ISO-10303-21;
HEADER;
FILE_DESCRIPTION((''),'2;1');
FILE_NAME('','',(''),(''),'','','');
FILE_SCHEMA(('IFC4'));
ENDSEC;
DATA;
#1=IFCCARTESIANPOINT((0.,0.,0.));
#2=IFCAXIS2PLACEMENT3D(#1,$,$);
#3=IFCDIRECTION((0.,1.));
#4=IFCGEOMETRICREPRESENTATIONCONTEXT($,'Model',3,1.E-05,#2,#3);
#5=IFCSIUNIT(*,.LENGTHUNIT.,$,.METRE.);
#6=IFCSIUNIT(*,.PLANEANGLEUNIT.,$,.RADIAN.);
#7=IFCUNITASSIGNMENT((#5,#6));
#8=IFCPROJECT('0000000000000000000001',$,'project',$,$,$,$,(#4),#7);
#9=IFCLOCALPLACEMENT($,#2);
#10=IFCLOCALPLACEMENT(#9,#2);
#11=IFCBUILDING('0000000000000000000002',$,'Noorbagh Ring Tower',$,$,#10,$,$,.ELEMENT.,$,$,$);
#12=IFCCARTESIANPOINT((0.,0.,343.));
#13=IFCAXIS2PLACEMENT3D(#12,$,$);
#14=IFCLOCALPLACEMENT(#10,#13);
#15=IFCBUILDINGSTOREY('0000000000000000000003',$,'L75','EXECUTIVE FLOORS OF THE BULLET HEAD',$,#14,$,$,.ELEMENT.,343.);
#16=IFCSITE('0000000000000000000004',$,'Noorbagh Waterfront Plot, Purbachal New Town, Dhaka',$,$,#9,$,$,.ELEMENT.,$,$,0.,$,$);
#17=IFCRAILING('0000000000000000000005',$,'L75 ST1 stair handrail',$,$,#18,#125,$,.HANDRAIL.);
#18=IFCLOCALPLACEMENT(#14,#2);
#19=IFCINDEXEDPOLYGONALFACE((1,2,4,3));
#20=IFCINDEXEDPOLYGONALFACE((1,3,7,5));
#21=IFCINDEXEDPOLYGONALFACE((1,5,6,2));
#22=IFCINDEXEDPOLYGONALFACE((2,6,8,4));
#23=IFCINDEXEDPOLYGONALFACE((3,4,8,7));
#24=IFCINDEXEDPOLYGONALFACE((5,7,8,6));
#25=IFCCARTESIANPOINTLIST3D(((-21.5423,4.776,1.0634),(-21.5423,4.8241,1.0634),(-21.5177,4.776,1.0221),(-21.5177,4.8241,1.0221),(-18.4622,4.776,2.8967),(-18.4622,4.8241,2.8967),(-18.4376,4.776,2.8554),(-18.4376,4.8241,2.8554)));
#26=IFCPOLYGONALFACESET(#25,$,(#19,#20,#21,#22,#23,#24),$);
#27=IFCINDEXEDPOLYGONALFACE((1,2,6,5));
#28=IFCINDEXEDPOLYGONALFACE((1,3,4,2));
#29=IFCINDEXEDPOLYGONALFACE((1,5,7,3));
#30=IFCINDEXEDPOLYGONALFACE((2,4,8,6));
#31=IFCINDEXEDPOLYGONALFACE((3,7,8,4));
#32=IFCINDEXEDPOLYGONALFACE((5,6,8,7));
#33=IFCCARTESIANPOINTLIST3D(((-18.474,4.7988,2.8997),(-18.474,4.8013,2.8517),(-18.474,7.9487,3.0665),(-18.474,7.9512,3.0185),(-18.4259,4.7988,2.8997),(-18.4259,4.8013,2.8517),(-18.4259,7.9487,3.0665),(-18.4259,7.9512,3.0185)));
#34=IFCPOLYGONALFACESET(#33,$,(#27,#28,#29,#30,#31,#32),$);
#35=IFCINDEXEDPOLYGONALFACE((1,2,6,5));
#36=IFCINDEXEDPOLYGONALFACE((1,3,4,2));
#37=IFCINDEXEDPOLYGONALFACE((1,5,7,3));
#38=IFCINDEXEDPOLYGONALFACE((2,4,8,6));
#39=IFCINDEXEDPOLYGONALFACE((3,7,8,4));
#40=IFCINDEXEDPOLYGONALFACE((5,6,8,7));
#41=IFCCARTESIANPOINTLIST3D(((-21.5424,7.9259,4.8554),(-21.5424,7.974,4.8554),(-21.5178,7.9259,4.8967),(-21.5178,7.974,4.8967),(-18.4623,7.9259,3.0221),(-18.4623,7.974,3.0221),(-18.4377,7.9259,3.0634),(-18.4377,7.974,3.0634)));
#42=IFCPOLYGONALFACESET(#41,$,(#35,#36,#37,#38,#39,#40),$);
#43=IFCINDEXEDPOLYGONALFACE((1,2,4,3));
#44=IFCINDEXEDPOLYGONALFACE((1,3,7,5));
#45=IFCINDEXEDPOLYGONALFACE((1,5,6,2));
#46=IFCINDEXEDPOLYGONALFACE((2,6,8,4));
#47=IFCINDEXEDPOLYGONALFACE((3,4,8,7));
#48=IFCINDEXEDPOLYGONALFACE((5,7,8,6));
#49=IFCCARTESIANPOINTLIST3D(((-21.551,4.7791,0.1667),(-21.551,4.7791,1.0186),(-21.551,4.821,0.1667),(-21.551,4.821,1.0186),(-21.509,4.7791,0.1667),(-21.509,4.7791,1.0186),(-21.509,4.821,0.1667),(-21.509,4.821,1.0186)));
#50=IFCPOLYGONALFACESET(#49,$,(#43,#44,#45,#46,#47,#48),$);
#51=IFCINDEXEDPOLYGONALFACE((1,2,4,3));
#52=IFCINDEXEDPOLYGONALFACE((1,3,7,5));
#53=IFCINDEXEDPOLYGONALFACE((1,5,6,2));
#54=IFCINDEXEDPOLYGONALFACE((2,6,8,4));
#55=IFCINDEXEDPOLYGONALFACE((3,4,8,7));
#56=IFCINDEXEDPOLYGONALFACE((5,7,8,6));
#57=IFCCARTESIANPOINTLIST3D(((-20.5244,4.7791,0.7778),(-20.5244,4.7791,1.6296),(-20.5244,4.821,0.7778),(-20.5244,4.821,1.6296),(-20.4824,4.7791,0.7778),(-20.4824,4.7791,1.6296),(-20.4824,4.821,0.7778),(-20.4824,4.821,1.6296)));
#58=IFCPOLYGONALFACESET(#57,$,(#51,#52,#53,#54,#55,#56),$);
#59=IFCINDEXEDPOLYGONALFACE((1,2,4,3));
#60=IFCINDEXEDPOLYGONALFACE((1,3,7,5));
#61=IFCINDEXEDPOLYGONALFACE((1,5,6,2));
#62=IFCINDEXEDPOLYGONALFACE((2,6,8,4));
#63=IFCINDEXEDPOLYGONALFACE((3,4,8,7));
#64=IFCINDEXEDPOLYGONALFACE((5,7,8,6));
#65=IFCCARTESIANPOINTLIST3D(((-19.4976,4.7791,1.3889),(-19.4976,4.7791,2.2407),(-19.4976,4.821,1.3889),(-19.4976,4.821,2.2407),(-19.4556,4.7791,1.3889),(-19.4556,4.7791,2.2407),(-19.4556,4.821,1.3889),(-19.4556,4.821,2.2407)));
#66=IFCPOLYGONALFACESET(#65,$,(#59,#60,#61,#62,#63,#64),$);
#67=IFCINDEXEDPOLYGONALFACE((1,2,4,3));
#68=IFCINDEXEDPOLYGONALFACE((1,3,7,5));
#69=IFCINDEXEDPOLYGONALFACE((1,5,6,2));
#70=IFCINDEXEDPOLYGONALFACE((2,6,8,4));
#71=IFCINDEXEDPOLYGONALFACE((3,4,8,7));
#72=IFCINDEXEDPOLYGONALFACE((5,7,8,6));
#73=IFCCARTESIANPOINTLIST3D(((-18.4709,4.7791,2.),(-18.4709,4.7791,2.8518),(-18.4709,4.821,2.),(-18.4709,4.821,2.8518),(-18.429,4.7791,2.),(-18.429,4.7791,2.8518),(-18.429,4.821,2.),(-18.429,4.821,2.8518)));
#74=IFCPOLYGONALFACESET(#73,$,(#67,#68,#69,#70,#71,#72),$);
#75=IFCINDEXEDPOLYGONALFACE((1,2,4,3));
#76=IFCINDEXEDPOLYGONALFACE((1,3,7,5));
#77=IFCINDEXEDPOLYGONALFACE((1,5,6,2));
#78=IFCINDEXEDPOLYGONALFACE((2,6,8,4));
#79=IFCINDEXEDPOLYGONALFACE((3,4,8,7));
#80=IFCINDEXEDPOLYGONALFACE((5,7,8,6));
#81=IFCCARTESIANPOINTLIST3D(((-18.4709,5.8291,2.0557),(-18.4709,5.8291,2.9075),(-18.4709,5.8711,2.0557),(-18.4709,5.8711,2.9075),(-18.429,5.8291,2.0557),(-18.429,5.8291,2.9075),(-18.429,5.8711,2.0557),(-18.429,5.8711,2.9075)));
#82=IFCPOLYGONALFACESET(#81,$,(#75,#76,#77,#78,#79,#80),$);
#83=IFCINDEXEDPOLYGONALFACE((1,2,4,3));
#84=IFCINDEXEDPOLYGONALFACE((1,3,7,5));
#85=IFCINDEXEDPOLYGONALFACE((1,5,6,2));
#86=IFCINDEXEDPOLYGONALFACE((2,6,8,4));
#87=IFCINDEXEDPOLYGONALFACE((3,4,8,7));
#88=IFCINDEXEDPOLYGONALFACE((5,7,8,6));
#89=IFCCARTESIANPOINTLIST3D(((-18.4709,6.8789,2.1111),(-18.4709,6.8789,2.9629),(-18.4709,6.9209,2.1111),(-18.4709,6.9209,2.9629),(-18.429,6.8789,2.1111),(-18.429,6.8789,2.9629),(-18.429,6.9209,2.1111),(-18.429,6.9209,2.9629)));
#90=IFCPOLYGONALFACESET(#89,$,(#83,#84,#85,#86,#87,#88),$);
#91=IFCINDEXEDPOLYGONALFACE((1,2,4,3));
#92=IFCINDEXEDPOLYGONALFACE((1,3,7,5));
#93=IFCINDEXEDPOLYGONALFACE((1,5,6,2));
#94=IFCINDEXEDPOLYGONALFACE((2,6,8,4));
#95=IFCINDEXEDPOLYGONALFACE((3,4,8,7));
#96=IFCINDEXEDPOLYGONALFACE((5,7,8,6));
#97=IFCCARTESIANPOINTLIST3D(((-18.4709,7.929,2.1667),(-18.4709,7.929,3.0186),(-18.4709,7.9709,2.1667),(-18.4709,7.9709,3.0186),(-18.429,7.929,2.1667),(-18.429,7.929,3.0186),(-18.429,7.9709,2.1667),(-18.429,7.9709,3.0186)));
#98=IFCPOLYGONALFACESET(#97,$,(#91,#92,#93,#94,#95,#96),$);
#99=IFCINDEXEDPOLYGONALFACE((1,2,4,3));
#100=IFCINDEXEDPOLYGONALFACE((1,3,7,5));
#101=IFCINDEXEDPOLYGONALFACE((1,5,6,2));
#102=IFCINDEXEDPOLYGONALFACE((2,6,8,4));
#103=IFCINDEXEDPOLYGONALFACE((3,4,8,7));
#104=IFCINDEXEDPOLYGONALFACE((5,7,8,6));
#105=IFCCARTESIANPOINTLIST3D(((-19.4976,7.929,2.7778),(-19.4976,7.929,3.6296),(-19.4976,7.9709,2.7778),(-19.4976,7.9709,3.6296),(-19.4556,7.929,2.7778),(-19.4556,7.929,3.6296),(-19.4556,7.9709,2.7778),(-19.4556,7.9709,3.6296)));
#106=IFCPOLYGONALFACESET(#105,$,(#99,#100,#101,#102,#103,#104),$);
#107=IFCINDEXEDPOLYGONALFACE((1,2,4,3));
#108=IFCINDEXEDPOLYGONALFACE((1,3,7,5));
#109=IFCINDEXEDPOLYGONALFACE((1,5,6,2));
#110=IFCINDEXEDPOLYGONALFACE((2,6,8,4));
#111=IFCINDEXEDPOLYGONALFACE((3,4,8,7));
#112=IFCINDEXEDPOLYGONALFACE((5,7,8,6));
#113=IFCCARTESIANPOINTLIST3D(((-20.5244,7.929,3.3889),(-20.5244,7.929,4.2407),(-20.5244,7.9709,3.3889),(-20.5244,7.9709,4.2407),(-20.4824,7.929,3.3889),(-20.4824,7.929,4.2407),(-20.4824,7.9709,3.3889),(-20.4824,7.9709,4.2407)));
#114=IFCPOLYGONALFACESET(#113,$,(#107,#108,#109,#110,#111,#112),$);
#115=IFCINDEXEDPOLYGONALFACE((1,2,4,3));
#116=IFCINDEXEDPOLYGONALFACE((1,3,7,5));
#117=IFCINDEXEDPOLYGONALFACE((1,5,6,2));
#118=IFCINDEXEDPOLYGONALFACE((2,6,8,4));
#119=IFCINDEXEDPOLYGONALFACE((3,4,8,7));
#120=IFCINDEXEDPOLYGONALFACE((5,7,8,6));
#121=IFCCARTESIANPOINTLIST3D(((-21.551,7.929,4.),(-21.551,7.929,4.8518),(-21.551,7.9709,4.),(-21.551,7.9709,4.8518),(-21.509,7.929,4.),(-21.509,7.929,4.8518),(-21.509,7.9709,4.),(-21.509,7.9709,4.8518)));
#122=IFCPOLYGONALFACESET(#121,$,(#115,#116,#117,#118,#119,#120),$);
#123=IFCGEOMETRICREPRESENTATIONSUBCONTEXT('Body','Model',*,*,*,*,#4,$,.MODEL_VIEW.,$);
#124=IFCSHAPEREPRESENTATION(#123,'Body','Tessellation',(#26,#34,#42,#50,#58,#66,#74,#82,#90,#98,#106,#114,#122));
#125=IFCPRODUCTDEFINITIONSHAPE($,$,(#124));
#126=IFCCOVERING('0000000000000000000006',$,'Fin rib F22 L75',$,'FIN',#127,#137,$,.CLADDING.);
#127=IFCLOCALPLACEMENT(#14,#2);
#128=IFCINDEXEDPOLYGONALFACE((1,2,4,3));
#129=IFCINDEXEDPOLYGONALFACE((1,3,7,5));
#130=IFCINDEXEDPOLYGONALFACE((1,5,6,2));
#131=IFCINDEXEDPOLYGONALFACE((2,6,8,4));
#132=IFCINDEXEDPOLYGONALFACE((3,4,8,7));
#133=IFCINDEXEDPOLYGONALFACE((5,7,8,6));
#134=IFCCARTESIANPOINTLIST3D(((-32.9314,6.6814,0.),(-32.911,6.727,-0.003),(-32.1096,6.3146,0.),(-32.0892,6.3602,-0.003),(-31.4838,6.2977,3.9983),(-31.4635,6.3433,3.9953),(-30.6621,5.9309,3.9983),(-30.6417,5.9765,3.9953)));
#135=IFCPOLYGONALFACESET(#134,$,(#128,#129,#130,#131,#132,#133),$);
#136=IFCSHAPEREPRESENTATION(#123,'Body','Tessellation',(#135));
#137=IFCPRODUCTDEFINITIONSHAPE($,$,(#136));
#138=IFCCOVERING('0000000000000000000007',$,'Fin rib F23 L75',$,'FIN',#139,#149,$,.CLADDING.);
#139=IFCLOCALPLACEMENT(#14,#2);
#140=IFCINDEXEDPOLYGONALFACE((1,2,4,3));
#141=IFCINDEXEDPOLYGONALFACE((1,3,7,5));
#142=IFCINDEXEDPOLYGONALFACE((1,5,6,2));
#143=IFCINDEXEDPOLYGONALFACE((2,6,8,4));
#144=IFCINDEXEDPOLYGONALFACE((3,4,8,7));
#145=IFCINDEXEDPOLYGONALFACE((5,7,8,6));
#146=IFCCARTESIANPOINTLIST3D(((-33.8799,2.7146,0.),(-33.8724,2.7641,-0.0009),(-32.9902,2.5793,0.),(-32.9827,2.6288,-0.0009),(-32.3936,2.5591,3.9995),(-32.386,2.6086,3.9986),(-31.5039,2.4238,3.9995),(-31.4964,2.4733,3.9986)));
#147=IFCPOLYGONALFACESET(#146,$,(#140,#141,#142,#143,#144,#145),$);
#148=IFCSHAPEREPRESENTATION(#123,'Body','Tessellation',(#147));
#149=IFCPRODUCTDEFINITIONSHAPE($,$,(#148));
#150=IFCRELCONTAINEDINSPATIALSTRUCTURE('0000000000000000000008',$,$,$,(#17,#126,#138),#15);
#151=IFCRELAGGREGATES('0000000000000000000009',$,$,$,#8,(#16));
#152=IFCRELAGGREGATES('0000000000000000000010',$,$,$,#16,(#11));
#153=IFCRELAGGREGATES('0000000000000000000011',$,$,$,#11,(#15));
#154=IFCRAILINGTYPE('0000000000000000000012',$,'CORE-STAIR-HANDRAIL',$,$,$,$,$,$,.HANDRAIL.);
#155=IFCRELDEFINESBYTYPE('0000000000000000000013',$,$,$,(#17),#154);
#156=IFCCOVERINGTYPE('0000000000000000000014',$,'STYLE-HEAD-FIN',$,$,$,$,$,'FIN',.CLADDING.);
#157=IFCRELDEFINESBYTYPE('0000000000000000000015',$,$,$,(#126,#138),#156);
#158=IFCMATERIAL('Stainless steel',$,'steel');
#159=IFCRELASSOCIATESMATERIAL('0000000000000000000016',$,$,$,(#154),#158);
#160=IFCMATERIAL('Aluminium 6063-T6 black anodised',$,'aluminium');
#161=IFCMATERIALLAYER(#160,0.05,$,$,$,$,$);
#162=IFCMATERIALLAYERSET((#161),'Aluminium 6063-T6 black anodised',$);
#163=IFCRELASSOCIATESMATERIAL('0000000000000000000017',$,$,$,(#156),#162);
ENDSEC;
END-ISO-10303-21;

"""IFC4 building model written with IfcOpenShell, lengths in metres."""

from ifc_helpers import new_model, si_unit, direction, frame, origin, origin_2d, place, context, subcontext, project, spatial, polyline, rectangle, outline, extrude, material, layer, layer_set, type_object, element, save


model = new_model("IFC4")

# Units and contexts
model_context = context("Model", 3, precision=1e-05, world=origin(), true_north=direction((0.0, 1.0)))
body_context = subcontext(model_context, "Body", "Model", "MODEL_VIEW")
ifc_project = project(units=[si_unit("LENGTHUNIT", "METRE"), si_unit("PLANEANGLEUNIT", "RADIAN")], contexts=[model_context])

# Site, building, storey
site_placement = place(None, origin())
site = spatial("IfcSite", under=ifc_project, at=site_placement, Name="Noorbagh Waterfront Plot, Purbachal New Town, Dhaka", CompositionType="ELEMENT", RefElevation=0.0)
building_placement = place(site_placement, origin())
building = spatial("IfcBuilding", under=site, at=building_placement, Name="Noorbagh Ring Tower", CompositionType="ELEMENT")
storey_placement = place(building_placement, frame((0.0, 0.0, 343.0)))
storey = spatial("IfcBuildingStorey", under=building, at=storey_placement, Name="L75", Description="EXECUTIVE FLOORS OF THE BULLET HEAD", CompositionType="ELEMENT", Elevation=343.0)

# Railing
ifc_material_1 = material(Name="Stainless steel", Category="steel")
railing_type_1 = type_object("IfcRailingType", Name="CORE-STAIR-HANDRAIL", PredefinedType="HANDRAIL", material=ifc_material_1)
railing_1_placement = place(storey_placement, frame((-21.53, 4.8, 0.1667)))
element("IfcRailing", 1, at=railing_1_placement, inside=storey, type_object=railing_type_1, Name="L75 ST1 stair handrail", PredefinedType="HANDRAIL", context=body_context, shape_type="SweptSolid", body=[
    extrude(rectangle(XDim=0.0481, YDim=0.0481, at=origin_2d()), frame((0.0, 0.0, 0.876), z_axis=(0.859309, 0.0, 0.511458), x_axis=(0.0, 1.0, 0.0)), (0.0, 0.0, 1.0), 3.5845),
    extrude(rectangle(XDim=0.0481, YDim=0.0481, at=origin_2d()), frame((3.0801, 0.0, 2.709), z_axis=(0.0, 0.998602, 0.052864), x_axis=(-1.0, 0.0, 0.0)), (0.0, 0.0, 1.0), 3.1543),
    extrude(rectangle(XDim=0.0481, YDim=0.0481, at=origin_2d()), frame((3.0801, 3.1499, 2.876), z_axis=(-0.859309, 0.0, 0.511458), x_axis=(0.0, -1.0, 0.0)), (0.0, 0.0, 1.0), 3.5845),
    extrude(rectangle(XDim=0.042, YDim=0.042, at=origin_2d()), origin(), (0.0, 0.0, 1.0), 0.8518),
    extrude(rectangle(XDim=0.042, YDim=0.042, at=origin_2d()), frame((1.0266, 0.0, 0.6111)), (0.0, 0.0, 1.0), 0.8518),
    extrude(rectangle(XDim=0.042, YDim=0.042, at=origin_2d()), frame((2.0535, 0.0, 1.2222)), (0.0, 0.0, 1.0), 0.8518),
    extrude(rectangle(XDim=0.042, YDim=0.042, at=origin_2d()), frame((3.0801, 0.0, 1.8333)), (0.0, 0.0, 1.0), 0.8518),
    extrude(rectangle(XDim=0.042, YDim=0.042, at=origin_2d()), frame((3.0801, 1.05, 1.8889)), (0.0, 0.0, 1.0), 0.8518),
    extrude(rectangle(XDim=0.042, YDim=0.042, at=origin_2d()), frame((3.0801, 2.0999, 1.9443)), (0.0, 0.0, 1.0), 0.8518),
    extrude(rectangle(XDim=0.042, YDim=0.042, at=origin_2d()), frame((3.0801, 3.1499, 2.0)), (0.0, 0.0, 1.0), 0.8518),
    extrude(rectangle(XDim=0.042, YDim=0.042, at=origin_2d()), frame((2.0535, 3.1499, 2.6111)), (0.0, 0.0, 1.0), 0.8518),
    extrude(rectangle(XDim=0.042, YDim=0.042, at=origin_2d()), frame((1.0266, 3.1499, 3.2222)), (0.0, 0.0, 1.0), 0.8518),
    extrude(rectangle(XDim=0.042, YDim=0.042, at=origin_2d()), frame((0.0, 3.1499, 3.8333)), (0.0, 0.0, 1.0), 0.8518),
])

# Coverings
ifc_material_2 = material(Name="Aluminium 6063-T6 black anodised", Category="aluminium")
ifc_layer_1 = layer(ifc_material_2, 0.05)
ifc_layer_set_1 = layer_set([ifc_layer_1], Name="Aluminium 6063-T6 black anodised")
covering_type_1 = type_object("IfcCoveringType", Name="STYLE-HEAD-FIN", ElementType="FIN", PredefinedType="CLADDING", material=ifc_layer_set_1)
covering_1_placement = place(storey_placement, frame((-32.9314, 6.6814, 0.0), z_axis=(-0.40688, -0.91152, 0.059836), x_axis=(0.339043, -0.089866, 0.936469)))
element("IfcCovering", 2, at=covering_1_placement, inside=storey, type_object=covering_type_1, Name="Fin rib F22 L75", ObjectType="FIN", PredefinedType="CLADDING", context=body_context, shape_type="SweptSolid", body=[
    extrude(outline(polyline([(0.0, 0.0), (4.2695, 0.0), (4.5811, -0.8442), (0.3116, -0.8443), (0.0, 0.0)])), origin(), (0.0, 0.0, -1.0), 0.05),
])
covering_2_placement = place(storey_placement, frame((-33.8799, 2.7146, 0.0), z_axis=(-0.150281, -0.98849, 0.017412), x_axis=(0.348119, -0.036424, 0.936742)))
element("IfcCovering", 3, at=covering_2_placement, inside=storey, type_object=covering_type_1, Name="Fin rib F23 L75", ObjectType="FIN", PredefinedType="CLADDING", context=body_context, shape_type="SweptSolid", body=[
    extrude(outline(polyline([(0.0, 0.0), (4.2696, 0.0), (4.5842, -0.8431), (0.3146, -0.8431), (0.0, 0.0)])), origin(), (0.0, 0.0, -1.0), 0.05),
])

save(model, "model.ifc")
